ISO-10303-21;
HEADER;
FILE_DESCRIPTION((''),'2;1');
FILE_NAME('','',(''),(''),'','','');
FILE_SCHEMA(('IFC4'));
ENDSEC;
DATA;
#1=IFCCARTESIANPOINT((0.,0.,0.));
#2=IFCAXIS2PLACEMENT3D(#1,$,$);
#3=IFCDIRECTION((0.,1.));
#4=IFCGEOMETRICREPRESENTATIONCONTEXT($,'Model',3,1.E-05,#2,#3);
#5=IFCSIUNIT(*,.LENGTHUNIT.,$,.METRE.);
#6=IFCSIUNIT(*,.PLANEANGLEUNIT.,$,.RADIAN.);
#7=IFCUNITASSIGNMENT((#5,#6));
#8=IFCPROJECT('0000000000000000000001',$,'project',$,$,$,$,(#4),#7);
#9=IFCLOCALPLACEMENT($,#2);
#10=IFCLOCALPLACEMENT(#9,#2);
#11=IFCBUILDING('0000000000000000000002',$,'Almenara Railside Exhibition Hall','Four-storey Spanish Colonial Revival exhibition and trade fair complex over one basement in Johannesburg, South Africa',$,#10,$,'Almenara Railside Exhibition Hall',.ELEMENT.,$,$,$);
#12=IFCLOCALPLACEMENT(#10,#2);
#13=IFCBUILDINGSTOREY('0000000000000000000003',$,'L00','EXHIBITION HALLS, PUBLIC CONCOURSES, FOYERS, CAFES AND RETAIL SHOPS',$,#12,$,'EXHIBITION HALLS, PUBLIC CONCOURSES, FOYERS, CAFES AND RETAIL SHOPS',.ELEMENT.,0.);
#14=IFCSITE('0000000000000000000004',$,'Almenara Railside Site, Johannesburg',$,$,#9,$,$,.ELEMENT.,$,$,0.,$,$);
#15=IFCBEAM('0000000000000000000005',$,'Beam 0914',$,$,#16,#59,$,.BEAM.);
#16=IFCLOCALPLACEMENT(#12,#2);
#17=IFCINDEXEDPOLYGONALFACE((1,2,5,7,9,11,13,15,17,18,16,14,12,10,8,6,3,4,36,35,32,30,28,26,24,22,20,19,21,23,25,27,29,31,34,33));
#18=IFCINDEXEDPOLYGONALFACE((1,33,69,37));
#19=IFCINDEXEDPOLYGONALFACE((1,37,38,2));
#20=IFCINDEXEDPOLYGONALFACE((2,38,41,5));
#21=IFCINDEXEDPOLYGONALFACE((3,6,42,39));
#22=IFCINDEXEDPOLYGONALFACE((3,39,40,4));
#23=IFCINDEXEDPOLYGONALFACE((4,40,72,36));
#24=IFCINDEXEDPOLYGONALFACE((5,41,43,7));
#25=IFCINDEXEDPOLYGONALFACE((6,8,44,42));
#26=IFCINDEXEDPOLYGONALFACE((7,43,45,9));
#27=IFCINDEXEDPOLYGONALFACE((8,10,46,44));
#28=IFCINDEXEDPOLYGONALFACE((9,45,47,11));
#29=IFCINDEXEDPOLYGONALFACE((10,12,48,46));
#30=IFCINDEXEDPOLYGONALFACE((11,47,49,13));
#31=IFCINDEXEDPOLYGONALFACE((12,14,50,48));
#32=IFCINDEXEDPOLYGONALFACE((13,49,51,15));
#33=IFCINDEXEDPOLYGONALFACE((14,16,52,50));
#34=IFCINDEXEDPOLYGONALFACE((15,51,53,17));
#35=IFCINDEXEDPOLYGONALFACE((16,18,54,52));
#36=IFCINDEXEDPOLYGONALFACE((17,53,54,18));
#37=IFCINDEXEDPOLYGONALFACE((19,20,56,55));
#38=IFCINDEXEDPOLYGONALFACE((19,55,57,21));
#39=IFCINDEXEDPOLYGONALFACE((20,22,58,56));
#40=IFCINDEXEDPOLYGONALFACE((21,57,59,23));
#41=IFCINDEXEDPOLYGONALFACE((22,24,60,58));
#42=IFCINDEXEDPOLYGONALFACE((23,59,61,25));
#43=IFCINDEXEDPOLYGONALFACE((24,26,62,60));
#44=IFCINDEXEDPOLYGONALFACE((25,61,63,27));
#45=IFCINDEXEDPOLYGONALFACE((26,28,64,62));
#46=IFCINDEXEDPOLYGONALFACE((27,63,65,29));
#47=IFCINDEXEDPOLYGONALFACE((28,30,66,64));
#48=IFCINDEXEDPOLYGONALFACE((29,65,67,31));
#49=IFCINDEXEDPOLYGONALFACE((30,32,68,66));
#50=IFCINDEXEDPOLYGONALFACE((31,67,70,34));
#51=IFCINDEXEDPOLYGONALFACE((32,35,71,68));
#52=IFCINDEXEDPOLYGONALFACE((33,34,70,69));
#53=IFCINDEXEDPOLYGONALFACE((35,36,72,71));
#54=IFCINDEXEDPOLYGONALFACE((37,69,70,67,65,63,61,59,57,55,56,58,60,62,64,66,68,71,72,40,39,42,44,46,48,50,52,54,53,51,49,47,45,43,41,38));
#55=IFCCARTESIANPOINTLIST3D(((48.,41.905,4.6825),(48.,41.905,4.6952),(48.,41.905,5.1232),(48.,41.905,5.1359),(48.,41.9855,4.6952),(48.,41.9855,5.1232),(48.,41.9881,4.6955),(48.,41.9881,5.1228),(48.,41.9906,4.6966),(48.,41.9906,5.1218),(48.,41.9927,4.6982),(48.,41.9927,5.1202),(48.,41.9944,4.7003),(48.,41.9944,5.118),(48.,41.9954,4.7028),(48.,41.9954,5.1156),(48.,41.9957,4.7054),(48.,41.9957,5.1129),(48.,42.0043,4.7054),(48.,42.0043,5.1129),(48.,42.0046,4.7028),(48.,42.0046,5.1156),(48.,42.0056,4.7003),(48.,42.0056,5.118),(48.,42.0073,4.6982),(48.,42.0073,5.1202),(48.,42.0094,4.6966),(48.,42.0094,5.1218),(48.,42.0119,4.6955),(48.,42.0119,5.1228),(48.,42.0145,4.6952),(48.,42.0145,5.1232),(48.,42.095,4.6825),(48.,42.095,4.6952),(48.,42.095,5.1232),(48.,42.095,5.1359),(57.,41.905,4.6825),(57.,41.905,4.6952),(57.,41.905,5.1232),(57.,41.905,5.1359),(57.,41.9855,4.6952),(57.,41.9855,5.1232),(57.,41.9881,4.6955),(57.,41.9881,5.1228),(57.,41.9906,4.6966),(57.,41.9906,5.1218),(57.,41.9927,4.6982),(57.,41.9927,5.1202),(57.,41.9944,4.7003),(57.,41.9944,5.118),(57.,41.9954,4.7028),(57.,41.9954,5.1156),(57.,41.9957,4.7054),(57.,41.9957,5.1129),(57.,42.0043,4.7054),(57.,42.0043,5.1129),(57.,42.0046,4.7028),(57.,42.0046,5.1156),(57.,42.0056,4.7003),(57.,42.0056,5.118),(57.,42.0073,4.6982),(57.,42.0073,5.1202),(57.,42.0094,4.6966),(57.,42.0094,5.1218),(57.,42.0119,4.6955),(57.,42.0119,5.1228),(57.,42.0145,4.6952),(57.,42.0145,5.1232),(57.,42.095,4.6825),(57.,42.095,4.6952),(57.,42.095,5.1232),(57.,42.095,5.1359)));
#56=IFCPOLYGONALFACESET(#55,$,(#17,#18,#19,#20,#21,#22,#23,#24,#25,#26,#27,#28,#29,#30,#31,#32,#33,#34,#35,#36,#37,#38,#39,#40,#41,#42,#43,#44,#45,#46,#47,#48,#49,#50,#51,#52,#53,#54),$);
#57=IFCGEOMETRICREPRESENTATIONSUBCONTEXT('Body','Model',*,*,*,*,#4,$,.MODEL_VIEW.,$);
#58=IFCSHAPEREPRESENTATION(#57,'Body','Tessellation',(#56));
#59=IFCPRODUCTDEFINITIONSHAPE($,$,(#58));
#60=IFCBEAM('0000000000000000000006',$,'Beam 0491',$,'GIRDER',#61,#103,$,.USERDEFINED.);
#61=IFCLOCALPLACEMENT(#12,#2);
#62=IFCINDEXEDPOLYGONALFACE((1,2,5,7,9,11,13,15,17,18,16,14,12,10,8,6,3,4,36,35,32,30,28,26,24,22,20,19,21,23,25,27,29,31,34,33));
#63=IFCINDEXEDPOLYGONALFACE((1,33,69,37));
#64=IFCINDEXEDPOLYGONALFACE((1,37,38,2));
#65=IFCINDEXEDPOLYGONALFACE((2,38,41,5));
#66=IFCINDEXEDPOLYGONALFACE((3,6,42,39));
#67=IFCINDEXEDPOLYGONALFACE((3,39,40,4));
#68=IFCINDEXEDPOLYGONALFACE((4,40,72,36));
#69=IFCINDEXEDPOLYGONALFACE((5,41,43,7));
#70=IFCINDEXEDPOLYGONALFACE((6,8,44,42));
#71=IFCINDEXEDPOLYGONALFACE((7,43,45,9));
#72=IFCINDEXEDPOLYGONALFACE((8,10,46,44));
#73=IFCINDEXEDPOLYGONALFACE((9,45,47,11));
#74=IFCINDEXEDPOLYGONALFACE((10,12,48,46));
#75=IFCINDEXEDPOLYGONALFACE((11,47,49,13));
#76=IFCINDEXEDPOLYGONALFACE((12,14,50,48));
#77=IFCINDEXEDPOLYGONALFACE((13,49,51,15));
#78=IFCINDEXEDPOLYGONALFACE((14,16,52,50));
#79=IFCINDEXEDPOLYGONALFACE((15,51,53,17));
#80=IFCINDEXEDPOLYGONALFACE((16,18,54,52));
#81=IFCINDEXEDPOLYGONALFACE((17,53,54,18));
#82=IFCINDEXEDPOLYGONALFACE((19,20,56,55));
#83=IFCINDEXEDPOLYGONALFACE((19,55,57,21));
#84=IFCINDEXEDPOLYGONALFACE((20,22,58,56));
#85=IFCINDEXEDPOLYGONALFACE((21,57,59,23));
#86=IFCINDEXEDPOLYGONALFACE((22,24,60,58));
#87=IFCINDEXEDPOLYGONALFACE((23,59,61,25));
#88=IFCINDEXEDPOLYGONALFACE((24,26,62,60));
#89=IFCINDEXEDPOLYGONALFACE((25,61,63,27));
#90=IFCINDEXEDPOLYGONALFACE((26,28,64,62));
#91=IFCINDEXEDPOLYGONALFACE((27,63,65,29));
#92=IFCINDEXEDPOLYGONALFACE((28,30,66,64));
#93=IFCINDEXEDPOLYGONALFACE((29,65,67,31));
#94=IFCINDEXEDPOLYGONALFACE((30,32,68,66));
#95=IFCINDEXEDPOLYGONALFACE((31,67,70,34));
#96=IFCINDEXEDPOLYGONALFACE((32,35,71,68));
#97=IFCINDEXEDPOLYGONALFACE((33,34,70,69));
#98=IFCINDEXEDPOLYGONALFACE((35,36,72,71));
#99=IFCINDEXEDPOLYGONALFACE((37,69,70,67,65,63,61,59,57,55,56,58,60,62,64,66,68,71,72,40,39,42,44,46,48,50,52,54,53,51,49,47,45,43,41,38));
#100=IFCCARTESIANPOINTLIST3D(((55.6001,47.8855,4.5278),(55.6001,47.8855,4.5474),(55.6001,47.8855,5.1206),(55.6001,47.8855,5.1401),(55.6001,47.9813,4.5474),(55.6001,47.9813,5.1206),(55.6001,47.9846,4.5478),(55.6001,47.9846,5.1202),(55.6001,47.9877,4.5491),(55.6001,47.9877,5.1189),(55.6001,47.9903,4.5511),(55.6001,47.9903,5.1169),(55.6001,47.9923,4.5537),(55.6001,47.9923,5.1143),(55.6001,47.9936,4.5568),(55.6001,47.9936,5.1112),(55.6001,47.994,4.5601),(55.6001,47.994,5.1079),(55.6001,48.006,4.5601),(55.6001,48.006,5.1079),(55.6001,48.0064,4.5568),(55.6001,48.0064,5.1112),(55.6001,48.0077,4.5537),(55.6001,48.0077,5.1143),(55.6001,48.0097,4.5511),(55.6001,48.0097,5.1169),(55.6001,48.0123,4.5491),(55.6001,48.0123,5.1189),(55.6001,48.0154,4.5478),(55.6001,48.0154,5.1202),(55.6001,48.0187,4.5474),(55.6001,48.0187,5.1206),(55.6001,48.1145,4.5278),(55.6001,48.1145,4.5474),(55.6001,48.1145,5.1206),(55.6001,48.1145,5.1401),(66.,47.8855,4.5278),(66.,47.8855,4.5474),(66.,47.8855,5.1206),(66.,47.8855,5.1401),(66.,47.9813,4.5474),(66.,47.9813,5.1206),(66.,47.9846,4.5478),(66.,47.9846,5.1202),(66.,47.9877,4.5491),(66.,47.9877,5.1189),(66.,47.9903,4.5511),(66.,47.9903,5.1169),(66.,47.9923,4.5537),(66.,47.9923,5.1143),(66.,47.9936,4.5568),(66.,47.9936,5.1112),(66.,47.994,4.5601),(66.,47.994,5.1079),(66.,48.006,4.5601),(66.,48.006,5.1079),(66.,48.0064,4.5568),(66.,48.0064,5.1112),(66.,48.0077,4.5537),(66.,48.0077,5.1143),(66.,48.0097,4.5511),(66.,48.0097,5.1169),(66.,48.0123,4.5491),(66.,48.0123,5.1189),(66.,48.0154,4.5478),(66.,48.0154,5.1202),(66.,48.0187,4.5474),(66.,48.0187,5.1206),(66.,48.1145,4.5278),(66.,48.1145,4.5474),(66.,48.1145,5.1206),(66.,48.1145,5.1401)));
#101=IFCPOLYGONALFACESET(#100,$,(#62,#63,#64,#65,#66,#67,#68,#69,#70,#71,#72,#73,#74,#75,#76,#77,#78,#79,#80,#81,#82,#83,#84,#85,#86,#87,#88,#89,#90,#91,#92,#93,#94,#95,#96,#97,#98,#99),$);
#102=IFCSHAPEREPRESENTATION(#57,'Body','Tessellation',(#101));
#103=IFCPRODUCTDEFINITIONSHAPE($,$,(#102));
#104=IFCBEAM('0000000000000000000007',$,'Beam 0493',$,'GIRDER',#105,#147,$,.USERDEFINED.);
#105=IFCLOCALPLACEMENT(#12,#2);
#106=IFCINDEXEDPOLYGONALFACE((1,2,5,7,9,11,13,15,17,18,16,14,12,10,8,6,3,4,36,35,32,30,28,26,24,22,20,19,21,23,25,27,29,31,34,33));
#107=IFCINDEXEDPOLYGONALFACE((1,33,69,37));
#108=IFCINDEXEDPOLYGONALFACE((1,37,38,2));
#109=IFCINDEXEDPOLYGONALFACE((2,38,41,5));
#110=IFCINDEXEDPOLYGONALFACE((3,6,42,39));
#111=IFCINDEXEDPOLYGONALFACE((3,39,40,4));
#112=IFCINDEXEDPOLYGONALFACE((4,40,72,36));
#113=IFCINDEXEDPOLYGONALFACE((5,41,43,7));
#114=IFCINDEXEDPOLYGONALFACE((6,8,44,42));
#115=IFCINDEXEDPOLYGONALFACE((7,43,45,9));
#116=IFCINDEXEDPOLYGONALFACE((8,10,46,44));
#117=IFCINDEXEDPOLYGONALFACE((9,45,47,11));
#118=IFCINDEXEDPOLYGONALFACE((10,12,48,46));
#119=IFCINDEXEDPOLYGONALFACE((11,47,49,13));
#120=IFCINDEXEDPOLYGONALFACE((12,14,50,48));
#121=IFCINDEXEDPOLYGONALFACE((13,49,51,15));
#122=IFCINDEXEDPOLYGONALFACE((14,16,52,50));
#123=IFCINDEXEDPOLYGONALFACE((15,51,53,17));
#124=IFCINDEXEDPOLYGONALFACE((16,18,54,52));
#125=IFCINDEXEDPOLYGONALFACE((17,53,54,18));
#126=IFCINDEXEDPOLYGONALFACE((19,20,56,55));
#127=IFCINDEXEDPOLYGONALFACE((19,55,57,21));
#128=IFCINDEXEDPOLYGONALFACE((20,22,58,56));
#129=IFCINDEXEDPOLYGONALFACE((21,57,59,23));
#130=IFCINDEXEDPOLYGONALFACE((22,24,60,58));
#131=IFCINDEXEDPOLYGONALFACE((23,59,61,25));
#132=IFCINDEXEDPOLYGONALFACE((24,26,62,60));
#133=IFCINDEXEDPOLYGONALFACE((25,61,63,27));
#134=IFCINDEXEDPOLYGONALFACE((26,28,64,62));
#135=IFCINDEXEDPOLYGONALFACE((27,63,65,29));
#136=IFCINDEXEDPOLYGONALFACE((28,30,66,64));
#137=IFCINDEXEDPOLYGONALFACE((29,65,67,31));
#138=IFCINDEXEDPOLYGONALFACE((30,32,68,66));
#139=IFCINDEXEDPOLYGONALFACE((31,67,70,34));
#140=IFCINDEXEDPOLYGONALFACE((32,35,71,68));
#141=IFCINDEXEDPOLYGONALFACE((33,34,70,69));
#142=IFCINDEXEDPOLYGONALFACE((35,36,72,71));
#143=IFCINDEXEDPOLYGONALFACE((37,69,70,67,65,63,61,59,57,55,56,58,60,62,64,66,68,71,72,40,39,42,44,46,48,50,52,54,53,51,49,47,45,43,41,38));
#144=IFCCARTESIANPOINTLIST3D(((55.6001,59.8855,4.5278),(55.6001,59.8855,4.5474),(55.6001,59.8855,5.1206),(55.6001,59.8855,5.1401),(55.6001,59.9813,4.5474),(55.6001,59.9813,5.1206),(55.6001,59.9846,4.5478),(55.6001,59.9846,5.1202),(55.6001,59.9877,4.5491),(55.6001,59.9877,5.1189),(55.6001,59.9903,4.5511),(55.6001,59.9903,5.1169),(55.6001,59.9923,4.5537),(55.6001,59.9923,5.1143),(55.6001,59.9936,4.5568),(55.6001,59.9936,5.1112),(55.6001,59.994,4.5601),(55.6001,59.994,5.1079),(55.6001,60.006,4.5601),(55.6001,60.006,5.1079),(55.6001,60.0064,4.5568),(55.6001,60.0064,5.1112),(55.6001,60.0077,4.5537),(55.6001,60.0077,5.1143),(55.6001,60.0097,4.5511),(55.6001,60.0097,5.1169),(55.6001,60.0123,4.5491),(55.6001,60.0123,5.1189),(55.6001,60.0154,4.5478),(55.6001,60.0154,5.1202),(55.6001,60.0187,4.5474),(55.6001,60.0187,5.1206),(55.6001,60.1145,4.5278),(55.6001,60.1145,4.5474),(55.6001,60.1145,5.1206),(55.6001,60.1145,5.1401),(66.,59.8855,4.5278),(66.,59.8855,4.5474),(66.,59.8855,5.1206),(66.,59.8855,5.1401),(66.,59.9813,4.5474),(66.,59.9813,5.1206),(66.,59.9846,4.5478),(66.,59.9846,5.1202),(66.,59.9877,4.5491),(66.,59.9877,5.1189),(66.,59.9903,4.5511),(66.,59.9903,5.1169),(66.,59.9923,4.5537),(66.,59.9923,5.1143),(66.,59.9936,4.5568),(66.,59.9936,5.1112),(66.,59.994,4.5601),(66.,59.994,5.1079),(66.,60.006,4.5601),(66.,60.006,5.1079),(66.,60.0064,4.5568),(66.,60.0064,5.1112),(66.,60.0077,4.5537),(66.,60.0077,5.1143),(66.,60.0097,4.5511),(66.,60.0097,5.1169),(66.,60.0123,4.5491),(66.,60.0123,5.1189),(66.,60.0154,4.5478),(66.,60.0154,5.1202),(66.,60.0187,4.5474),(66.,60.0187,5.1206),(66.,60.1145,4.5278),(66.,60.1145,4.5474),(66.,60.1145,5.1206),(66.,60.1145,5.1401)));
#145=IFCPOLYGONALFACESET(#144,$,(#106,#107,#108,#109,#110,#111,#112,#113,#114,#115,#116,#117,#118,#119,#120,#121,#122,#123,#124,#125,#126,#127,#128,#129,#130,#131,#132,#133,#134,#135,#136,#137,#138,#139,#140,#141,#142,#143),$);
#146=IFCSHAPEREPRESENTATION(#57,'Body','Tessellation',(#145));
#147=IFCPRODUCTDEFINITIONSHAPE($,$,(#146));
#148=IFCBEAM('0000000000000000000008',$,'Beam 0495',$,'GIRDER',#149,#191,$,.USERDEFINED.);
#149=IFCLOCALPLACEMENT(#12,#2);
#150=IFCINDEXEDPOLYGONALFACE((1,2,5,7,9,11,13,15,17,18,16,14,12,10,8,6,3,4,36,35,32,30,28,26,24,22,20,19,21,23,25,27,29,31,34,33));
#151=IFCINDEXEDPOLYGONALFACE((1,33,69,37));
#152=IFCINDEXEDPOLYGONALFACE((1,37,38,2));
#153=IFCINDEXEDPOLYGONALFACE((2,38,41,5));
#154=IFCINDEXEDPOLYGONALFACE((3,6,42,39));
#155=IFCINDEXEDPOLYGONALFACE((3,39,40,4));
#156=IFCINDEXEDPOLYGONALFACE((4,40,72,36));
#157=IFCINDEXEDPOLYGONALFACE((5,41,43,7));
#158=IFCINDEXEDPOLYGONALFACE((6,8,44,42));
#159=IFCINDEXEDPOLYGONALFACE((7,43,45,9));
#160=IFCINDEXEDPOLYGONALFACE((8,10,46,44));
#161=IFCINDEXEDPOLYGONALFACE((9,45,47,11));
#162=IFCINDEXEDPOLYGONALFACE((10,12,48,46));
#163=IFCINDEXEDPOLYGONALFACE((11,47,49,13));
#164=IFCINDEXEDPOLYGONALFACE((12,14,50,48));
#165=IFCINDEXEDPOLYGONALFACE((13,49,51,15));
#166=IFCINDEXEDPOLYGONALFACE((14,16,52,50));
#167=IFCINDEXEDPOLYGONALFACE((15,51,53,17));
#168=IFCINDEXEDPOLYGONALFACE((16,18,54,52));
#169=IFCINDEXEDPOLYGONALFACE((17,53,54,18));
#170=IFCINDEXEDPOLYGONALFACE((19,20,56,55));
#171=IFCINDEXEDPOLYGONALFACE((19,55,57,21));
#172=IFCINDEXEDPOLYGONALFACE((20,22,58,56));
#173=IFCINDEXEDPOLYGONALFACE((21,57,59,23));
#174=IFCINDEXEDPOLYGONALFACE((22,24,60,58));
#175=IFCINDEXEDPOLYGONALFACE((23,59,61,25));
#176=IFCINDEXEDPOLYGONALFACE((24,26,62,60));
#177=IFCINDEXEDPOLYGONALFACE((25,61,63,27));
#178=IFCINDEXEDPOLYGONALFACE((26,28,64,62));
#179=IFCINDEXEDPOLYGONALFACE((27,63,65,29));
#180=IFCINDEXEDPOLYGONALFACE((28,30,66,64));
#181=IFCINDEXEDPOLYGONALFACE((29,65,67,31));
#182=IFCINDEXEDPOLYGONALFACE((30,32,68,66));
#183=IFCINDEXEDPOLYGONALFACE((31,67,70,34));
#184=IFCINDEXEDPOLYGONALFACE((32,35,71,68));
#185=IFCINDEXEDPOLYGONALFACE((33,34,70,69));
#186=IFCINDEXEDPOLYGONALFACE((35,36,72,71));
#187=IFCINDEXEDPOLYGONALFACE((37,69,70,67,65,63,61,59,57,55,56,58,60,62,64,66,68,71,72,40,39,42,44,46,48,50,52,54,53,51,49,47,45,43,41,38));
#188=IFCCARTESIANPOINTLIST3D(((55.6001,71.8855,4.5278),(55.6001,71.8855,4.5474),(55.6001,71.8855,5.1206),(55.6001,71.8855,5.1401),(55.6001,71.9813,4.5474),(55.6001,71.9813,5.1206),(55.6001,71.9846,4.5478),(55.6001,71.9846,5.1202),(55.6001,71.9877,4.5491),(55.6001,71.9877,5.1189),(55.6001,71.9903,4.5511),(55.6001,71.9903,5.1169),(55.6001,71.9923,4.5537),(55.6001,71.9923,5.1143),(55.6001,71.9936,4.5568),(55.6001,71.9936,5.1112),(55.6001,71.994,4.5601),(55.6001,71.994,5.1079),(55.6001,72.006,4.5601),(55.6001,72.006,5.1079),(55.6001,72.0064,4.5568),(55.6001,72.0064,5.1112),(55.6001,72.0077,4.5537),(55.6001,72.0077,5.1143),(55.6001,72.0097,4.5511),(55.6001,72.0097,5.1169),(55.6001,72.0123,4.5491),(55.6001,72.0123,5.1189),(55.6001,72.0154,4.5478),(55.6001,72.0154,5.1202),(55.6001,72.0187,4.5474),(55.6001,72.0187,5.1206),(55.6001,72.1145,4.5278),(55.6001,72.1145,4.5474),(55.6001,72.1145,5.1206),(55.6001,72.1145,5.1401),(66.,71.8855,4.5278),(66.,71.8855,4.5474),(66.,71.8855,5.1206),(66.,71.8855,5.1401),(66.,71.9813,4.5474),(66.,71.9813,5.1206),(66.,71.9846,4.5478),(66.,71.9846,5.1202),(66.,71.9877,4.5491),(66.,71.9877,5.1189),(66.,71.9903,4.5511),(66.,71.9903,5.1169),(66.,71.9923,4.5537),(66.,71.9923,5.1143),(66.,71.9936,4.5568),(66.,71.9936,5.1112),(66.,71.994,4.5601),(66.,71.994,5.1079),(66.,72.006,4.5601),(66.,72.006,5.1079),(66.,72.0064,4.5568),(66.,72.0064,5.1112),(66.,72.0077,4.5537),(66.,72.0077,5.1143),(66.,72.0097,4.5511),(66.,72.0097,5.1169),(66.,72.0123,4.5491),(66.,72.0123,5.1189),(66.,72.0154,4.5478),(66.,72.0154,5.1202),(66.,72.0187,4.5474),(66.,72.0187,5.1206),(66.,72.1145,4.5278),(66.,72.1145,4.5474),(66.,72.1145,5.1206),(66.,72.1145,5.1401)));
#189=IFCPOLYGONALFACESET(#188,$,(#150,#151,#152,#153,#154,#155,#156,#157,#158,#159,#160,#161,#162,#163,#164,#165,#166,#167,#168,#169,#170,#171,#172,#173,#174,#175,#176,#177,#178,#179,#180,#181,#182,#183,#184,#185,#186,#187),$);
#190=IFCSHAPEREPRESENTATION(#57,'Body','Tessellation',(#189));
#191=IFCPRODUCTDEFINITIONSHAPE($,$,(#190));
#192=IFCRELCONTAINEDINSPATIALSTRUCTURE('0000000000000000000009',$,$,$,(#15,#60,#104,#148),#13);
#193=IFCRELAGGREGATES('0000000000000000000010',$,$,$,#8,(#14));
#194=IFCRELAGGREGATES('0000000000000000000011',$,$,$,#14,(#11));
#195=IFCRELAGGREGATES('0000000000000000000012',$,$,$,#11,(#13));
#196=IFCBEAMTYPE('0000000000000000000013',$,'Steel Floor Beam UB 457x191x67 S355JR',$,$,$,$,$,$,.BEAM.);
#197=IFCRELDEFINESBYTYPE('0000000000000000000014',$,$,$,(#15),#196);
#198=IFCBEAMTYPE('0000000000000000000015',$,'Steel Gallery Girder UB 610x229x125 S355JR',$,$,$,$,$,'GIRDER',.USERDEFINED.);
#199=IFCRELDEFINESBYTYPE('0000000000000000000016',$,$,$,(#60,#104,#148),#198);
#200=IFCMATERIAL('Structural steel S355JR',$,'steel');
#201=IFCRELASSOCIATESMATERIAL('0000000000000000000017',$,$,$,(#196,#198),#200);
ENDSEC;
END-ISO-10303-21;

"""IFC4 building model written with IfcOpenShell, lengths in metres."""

from ifc_helpers import new_model, si_unit, direction, frame, origin, origin_2d, place, context, subcontext, project, spatial, i_section, extrude, material, material_profile, profile_set, type_object, element, save


model = new_model("IFC4")

# Units and contexts
model_context = context("Model", 3, precision=1e-05, world=origin(), true_north=direction((0.0, 1.0)))
body_context = subcontext(model_context, "Body", "Model", "MODEL_VIEW")
ifc_project = project(units=[si_unit("LENGTHUNIT", "METRE"), si_unit("PLANEANGLEUNIT", "RADIAN")], contexts=[model_context])

# Site, building, storey
site_placement = place(None, origin())
site = spatial("IfcSite", under=ifc_project, at=site_placement, Name="Almenara Railside Site, Johannesburg", CompositionType="ELEMENT", RefElevation=0.0)
building_placement = place(site_placement, origin())
building = spatial("IfcBuilding", under=site, at=building_placement, Name="Almenara Railside Exhibition Hall", Description="Four-storey Spanish Colonial Revival exhibition and trade fair complex over one basement in Johannesburg, South Africa", LongName="Almenara Railside Exhibition Hall", CompositionType="ELEMENT")
storey_placement = place(building_placement, origin())
storey = spatial("IfcBuildingStorey", under=building, at=storey_placement, Name="L00", Description="EXHIBITION HALLS, PUBLIC CONCOURSES, FOYERS, CAFES AND RETAIL SHOPS", LongName="EXHIBITION HALLS, PUBLIC CONCOURSES, FOYERS, CAFES AND RETAIL SHOPS", CompositionType="ELEMENT", Elevation=0.0)

# Beams
ifc_material_1 = material(Name="Structural steel S355JR", Category="steel")
ifc_material_profile_1 = material_profile(ifc_material_1, i_section(OverallWidth=0.1899, OverallDepth=0.4534, WebThickness=0.0085, FlangeThickness=0.0127, FilletRadius=0.0103, at=origin_2d()), Name="UB 457x191x67")
ifc_profile_set_1 = profile_set([ifc_material_profile_1], Name="Structural steel S355JR")
beam_type_1 = type_object("IfcBeamType", Name="Steel Floor Beam UB 457x191x67 S355JR", PredefinedType="BEAM", material=ifc_profile_set_1)
for number, where, z_axis, x_axis, name in (
    (1, (48.0, 42.0, 4.9092), (1.0, 0.0, 0.0), (0.0, 1.0, 0.0), "Beam 0914"),
):
    element("IfcBeam", number, at=place(storey_placement, frame(where, z_axis=z_axis, x_axis=x_axis)), inside=storey, type_object=beam_type_1, Name=name, PredefinedType="BEAM", context=body_context, shape_type="SweptSolid", body=[
        extrude(i_section(OverallWidth=0.1899, OverallDepth=0.4534, WebThickness=0.0085, FlangeThickness=0.0127, FilletRadius=0.0103, at=origin_2d()), origin(), (0.0, 0.0, 1.0), 9.0),
    ])
ifc_material_profile_2 = material_profile(ifc_material_1, i_section(OverallWidth=0.229, OverallDepth=0.6123, WebThickness=0.012, FlangeThickness=0.0195, FilletRadius=0.0127, at=origin_2d()), Name="UB 610x229x125")
ifc_profile_set_2 = profile_set([ifc_material_profile_2], Name="Structural steel S355JR")
beam_type_2 = type_object("IfcBeamType", Name="Steel Gallery Girder UB 610x229x125 S355JR", ElementType="GIRDER", PredefinedType="USERDEFINED", material=ifc_profile_set_2)
for number, where, z_axis, x_axis, name in (
    (2, (55.6001, 48.0, 4.834), (1.0, 0.0, 0.0), (0.0, 1.0, 0.0), "Beam 0491"),
    (3, (55.6001, 60.0, 4.834), (1.0, 0.0, 0.0), (0.0, 1.0, 0.0), "Beam 0493"),
    (4, (55.6001, 72.0, 4.834), (1.0, 0.0, 0.0), (0.0, 1.0, 0.0), "Beam 0495"),
):
    element("IfcBeam", number, at=place(storey_placement, frame(where, z_axis=z_axis, x_axis=x_axis)), inside=storey, type_object=beam_type_2, Name=name, ObjectType="GIRDER", PredefinedType="USERDEFINED", context=body_context, shape_type="SweptSolid", body=[
        extrude(i_section(OverallWidth=0.229, OverallDepth=0.6123, WebThickness=0.012, FlangeThickness=0.0195, FilletRadius=0.0127, at=origin_2d()), origin(), (0.0, 0.0, 1.0), 10.3999),
    ])

save(model, "model.ifc")
